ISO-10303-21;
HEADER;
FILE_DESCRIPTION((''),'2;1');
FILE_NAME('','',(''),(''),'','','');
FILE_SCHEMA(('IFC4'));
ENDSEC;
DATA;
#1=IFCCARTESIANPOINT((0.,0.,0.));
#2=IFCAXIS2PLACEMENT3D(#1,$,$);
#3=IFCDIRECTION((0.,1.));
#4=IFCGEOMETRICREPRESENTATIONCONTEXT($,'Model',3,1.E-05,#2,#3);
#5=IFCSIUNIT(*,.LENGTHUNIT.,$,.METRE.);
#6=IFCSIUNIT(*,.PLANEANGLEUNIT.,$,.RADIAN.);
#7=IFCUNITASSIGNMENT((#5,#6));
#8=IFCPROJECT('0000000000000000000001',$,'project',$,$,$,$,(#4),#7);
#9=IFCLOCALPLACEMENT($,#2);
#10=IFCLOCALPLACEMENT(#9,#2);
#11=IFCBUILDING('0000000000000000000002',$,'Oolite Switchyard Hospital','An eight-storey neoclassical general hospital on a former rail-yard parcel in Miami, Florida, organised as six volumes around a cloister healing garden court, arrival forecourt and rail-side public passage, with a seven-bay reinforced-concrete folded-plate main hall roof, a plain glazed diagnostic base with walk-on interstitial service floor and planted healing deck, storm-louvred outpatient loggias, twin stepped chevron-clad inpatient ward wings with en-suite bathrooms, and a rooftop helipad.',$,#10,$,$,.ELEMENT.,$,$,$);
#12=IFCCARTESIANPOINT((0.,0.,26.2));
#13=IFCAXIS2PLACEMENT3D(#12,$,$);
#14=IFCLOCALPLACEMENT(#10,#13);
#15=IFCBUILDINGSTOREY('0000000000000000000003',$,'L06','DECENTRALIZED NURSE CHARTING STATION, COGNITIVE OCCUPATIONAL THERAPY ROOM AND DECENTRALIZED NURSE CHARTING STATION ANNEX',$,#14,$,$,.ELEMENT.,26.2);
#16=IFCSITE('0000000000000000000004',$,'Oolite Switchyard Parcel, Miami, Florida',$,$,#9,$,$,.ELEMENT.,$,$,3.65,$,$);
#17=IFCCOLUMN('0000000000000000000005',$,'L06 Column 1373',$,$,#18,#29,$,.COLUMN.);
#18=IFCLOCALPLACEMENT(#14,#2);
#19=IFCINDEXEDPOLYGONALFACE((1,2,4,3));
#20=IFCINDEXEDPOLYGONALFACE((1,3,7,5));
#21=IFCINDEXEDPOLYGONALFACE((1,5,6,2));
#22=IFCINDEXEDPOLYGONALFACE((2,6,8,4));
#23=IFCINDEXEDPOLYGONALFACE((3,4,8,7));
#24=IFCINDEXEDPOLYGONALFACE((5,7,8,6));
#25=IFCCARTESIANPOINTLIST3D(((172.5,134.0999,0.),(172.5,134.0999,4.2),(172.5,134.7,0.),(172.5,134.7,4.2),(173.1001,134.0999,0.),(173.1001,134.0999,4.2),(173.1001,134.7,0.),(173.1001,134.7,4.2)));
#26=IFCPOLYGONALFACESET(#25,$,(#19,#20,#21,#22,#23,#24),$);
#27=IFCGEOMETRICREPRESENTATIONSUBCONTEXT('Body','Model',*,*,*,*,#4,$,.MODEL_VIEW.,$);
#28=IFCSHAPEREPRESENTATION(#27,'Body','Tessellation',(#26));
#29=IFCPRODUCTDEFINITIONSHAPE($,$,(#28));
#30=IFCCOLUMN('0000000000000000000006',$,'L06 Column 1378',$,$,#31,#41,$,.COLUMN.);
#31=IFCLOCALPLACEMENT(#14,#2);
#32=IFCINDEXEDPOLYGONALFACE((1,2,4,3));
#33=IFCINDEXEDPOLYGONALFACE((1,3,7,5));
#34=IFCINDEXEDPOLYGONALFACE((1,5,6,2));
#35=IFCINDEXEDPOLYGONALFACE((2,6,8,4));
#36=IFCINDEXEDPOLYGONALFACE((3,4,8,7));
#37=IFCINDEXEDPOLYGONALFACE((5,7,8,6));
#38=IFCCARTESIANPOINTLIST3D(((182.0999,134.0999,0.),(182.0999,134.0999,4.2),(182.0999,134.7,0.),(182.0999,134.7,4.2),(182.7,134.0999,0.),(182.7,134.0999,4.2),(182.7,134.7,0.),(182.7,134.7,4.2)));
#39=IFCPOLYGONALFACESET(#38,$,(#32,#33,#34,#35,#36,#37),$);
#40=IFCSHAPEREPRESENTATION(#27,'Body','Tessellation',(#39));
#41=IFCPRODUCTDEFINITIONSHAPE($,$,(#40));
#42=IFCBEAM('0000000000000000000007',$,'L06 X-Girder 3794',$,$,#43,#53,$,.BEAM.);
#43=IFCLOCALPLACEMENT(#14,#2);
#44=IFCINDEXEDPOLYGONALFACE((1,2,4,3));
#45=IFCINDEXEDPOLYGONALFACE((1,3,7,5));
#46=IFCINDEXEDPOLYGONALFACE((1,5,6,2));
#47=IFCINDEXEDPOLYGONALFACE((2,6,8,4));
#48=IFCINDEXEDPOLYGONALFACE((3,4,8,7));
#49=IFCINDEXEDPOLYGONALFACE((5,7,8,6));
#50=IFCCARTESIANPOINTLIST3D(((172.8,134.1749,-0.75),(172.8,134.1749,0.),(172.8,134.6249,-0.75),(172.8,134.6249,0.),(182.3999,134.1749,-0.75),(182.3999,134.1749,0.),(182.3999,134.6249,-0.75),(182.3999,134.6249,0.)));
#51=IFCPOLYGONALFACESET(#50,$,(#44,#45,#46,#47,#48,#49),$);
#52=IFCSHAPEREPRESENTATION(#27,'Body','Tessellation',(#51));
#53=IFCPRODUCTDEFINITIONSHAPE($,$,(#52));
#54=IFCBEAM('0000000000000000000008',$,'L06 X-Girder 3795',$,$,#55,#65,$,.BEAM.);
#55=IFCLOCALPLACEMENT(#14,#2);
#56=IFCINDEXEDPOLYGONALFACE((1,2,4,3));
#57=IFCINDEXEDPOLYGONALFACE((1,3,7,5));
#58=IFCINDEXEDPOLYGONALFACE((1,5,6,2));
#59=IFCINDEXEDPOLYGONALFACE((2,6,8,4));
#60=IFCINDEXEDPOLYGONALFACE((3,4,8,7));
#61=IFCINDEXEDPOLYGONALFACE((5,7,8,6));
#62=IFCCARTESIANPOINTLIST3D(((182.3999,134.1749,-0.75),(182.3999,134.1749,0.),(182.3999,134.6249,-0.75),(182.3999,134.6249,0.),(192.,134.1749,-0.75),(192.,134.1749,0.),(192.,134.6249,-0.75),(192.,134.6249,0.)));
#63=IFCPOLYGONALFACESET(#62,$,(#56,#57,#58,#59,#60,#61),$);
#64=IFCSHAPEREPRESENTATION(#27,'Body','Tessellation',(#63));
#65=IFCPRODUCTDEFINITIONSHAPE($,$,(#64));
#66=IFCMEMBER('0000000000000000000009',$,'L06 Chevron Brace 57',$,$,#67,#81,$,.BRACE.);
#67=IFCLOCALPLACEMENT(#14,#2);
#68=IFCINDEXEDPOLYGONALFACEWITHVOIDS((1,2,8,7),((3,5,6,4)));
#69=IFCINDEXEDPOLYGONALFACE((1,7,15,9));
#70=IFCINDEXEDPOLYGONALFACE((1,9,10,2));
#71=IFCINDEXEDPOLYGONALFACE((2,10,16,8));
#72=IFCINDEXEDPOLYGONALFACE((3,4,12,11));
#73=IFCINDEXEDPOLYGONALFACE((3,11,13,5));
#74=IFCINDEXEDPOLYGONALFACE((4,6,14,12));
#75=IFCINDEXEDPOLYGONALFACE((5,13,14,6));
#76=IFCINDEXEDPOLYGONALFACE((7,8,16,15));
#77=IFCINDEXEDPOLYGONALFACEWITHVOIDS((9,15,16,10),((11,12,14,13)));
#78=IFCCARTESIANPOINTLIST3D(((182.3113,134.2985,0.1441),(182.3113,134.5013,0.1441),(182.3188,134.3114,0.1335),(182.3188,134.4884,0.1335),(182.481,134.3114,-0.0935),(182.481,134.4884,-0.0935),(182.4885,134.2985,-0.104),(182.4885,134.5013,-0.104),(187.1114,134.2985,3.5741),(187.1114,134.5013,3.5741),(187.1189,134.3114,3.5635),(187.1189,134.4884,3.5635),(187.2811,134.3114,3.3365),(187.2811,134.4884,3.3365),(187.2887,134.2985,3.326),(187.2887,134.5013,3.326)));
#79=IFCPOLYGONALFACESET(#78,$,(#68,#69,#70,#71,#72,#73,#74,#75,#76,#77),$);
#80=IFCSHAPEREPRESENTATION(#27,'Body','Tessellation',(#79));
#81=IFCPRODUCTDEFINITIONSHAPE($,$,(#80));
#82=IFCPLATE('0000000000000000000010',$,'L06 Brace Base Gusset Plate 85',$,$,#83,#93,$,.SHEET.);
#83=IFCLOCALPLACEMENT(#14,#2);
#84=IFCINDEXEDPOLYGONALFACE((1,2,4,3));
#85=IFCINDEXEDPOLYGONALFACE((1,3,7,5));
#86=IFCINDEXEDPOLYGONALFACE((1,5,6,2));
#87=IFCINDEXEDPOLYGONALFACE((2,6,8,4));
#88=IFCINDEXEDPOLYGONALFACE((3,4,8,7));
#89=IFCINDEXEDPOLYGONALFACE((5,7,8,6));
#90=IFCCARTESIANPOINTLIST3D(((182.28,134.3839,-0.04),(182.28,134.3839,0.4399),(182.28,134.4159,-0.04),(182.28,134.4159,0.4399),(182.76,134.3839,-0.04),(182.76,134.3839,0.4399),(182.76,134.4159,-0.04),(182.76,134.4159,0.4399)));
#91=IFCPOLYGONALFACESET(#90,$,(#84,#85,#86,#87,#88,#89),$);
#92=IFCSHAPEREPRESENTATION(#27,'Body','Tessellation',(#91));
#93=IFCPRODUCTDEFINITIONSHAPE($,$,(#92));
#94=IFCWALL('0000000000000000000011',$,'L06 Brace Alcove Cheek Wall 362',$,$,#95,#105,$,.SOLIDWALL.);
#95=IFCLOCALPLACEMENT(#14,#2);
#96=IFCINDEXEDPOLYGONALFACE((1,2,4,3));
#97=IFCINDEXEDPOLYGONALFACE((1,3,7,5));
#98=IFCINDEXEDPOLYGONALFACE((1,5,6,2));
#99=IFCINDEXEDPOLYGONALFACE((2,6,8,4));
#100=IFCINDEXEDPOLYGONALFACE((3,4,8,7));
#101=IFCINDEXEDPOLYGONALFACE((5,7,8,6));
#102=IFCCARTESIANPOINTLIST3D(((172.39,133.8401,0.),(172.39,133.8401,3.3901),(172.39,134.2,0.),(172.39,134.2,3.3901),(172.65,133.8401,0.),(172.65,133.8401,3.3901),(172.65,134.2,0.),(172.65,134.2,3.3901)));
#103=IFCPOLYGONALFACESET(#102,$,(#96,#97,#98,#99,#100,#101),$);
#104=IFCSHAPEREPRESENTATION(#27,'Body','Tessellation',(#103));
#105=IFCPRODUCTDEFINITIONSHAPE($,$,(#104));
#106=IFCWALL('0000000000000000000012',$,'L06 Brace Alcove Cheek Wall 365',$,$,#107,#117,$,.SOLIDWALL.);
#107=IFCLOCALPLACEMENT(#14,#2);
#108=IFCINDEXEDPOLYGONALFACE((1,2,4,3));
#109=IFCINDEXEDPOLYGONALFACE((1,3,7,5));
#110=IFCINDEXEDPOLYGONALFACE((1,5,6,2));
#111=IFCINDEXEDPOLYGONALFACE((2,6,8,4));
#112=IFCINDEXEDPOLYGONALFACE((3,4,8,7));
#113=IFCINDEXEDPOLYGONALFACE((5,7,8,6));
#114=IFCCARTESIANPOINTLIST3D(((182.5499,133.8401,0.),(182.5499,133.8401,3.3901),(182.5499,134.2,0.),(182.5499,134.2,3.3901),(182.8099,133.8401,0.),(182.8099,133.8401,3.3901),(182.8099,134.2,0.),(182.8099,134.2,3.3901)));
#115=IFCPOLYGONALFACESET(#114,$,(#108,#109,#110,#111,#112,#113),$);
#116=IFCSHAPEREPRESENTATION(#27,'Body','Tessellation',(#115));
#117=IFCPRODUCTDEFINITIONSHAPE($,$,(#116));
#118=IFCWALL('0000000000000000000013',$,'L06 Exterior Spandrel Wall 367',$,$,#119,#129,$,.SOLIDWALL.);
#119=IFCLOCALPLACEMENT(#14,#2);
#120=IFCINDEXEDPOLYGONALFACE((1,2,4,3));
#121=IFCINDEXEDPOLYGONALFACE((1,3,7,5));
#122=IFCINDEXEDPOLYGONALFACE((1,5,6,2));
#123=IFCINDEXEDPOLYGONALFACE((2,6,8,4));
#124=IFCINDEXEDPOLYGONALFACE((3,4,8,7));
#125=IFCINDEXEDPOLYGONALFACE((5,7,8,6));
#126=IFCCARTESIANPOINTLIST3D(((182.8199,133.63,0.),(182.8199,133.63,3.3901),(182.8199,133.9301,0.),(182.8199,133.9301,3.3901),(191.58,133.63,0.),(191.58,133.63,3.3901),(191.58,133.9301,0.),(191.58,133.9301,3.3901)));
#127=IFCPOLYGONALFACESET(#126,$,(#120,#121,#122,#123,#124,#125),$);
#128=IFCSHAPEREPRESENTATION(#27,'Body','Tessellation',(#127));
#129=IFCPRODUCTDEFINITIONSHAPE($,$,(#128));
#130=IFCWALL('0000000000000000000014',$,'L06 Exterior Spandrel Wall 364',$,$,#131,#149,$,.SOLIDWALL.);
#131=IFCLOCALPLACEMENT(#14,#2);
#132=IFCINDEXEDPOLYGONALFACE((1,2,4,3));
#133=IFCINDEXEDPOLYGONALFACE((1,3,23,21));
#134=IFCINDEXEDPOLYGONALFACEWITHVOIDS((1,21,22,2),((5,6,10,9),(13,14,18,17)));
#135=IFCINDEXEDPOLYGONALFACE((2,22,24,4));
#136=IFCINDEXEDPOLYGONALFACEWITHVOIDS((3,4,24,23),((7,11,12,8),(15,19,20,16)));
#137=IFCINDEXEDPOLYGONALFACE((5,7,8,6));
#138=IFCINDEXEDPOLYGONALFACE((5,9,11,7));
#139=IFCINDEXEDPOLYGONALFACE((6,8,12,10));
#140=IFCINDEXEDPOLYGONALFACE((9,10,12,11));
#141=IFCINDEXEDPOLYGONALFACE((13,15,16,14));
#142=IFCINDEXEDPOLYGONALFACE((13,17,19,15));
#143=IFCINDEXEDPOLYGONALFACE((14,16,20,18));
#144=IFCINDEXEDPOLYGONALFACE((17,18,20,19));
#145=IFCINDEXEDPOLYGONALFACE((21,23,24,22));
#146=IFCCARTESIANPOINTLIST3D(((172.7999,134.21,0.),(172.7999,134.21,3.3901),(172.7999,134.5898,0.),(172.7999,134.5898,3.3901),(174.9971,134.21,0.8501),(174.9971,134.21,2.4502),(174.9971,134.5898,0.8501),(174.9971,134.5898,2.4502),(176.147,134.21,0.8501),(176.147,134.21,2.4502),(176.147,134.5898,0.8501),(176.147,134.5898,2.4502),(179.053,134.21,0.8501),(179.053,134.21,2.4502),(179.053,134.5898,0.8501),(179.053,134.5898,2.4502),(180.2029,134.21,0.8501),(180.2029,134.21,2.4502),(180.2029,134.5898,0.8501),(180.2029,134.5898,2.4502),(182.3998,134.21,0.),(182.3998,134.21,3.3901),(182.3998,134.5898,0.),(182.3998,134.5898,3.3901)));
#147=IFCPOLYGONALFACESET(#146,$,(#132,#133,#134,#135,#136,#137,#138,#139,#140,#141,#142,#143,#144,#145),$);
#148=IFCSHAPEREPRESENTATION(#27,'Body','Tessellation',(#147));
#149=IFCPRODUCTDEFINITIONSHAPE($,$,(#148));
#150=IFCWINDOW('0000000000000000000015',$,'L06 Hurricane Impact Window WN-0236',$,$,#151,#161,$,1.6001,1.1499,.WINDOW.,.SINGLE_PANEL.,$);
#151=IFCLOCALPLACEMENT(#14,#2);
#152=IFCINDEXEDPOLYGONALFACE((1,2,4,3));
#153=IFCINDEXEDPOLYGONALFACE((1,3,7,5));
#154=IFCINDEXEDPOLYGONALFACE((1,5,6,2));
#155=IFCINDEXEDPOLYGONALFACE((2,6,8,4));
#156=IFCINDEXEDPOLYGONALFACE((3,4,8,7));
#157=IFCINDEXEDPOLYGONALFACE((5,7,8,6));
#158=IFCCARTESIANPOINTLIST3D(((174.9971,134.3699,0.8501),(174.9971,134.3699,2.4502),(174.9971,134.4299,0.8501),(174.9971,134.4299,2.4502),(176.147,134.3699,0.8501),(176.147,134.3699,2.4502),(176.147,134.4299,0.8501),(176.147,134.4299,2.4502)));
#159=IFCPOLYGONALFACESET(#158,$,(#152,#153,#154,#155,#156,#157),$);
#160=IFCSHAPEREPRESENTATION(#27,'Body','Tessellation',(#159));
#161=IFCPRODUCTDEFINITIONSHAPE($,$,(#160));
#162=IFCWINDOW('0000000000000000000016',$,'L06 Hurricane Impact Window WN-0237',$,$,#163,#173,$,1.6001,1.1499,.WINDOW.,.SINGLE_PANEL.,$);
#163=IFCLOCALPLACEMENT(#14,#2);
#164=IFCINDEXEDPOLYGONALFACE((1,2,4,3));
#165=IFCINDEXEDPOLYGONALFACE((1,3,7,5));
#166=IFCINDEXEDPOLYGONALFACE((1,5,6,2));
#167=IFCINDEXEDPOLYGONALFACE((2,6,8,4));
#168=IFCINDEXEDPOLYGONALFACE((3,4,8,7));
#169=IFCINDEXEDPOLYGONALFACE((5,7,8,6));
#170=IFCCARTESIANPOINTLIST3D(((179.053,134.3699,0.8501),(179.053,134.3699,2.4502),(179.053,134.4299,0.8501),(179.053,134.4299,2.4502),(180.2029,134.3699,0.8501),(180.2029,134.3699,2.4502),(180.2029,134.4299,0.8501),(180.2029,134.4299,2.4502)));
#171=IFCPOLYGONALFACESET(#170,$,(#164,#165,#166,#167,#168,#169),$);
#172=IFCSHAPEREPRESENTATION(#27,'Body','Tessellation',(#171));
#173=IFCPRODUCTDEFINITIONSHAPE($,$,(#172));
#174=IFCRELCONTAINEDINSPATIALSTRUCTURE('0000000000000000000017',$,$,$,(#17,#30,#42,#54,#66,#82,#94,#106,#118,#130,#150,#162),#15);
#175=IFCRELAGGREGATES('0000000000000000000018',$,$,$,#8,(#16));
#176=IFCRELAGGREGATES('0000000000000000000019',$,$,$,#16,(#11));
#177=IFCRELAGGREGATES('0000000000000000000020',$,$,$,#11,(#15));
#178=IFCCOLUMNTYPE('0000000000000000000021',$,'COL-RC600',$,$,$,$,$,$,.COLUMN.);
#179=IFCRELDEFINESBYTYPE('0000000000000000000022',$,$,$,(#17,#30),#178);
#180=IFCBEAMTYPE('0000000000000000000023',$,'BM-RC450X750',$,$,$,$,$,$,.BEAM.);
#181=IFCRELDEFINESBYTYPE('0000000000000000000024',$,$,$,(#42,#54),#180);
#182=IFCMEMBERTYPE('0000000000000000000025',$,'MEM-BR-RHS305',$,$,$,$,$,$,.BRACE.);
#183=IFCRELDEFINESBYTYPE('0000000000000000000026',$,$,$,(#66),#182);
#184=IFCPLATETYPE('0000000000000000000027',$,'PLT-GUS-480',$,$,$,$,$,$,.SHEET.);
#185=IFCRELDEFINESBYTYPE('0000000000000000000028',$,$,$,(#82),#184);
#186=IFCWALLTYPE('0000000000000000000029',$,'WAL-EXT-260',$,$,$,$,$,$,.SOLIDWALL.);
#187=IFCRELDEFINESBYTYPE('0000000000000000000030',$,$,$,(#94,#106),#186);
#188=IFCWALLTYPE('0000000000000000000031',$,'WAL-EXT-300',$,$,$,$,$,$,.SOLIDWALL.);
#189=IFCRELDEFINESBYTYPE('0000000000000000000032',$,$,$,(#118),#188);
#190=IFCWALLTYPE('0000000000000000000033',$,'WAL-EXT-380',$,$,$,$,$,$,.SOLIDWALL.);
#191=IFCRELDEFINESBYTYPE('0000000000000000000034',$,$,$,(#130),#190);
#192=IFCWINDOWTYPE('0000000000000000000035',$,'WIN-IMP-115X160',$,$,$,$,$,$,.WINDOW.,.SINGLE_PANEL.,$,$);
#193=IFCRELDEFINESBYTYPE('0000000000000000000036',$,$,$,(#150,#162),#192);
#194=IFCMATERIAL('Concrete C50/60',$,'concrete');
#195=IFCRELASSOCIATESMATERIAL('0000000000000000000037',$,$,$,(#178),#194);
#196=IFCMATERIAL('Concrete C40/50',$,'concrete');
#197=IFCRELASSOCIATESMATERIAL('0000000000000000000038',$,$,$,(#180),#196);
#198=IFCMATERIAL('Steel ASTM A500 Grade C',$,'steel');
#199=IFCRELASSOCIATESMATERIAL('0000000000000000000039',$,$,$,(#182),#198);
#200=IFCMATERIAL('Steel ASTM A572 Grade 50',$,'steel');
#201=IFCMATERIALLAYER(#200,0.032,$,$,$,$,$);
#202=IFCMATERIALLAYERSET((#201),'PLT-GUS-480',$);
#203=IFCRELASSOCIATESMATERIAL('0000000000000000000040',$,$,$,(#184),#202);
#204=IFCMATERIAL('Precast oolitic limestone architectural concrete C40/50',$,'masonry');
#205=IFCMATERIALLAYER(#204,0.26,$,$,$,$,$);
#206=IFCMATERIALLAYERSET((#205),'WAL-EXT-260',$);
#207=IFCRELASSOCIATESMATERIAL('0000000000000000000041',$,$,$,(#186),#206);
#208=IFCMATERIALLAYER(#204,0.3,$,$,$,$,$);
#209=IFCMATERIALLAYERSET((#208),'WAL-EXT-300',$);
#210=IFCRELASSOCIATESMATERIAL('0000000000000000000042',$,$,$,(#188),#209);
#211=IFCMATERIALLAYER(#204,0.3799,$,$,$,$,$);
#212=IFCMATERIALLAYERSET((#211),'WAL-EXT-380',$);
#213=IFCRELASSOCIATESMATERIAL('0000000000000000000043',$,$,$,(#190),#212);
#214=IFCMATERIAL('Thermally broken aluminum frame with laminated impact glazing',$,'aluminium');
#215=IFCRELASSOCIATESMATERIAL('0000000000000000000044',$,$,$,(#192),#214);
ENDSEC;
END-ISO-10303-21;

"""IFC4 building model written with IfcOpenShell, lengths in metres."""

from ifc_helpers import new_model, si_unit, direction, frame, frame_2d, origin, origin_2d, place, context, subcontext, project, spatial, rectangle, hollow_rectangle, extrude, material, layer, layer_set, material_profile, profile_set, type_object, element, fill, save


model = new_model("IFC4")

# Units and contexts
model_context = context("Model", 3, precision=1e-05, world=origin(), true_north=direction((0.0, 1.0)))
body_context = subcontext(model_context, "Body", "Model", "MODEL_VIEW")
ifc_project = project(units=[si_unit("LENGTHUNIT", "METRE"), si_unit("PLANEANGLEUNIT", "RADIAN")], contexts=[model_context])

# Site, building, storey
site_placement = place(None, origin())
site = spatial("IfcSite", under=ifc_project, at=site_placement, Name="Oolite Switchyard Parcel, Miami, Florida", CompositionType="ELEMENT", RefElevation=3.65)
building_placement = place(site_placement, origin())
building = spatial("IfcBuilding", under=site, at=building_placement, Name="Oolite Switchyard Hospital", Description="An eight-storey neoclassical general hospital on a former rail-yard parcel in Miami, Florida, organised as six volumes around a cloister healing garden court, arrival forecourt and rail-side public passage, with a seven-bay reinforced-concrete folded-plate main hall roof, a plain glazed diagnostic base with walk-on interstitial service floor and planted healing deck, storm-louvred outpatient loggias, twin stepped chevron-clad inpatient ward wings with en-suite bathrooms, and a rooftop helipad.", CompositionType="ELEMENT")
storey_placement = place(building_placement, frame((0.0, 0.0, 26.2)))
storey = spatial("IfcBuildingStorey", under=building, at=storey_placement, Name="L06", Description="DECENTRALIZED NURSE CHARTING STATION, COGNITIVE OCCUPATIONAL THERAPY ROOM AND DECENTRALIZED NURSE CHARTING STATION ANNEX", CompositionType="ELEMENT", Elevation=26.2)

# Columns
ifc_material_1 = material(Name="Concrete C50/60", Category="concrete")
ifc_material_profile_1 = material_profile(ifc_material_1, rectangle(XDim=0.6001, YDim=0.6001, at=origin_2d()), Name="RC600X600")
ifc_profile_set_1 = profile_set([ifc_material_profile_1], Name="Concrete C50/60")
column_type = type_object("IfcColumnType", Name="COL-RC600", PredefinedType="COLUMN", material=ifc_profile_set_1)
for number, where, z_axis, x_axis, name in (
    (1, (172.8, 134.3999, 0.0), (0.0, 0.0, 1.0), (1.0, 0.0, 0.0), "L06 Column 1373"),
    (2, (182.3999, 134.3999, 0.0), (0.0, 0.0, 1.0), (1.0, 0.0, 0.0), "L06 Column 1378"),
):
    element("IfcColumn", number, at=place(storey_placement, frame(where, z_axis=z_axis, x_axis=x_axis)), inside=storey, type_object=column_type, Name=name, PredefinedType="COLUMN", context=body_context, shape_type="SweptSolid", body=[
        extrude(rectangle(XDim=0.6001, YDim=0.6001, at=origin_2d()), origin(), (0.0, 0.0, 1.0), 4.2),
    ])

# Beams
ifc_material_2 = material(Name="Concrete C40/50", Category="concrete")
ifc_material_profile_2 = material_profile(ifc_material_2, rectangle(XDim=0.45, YDim=0.75, at=origin_2d()), Name="RCB450X750")
ifc_profile_set_2 = profile_set([ifc_material_profile_2], Name="Concrete C40/50")
beam_type = type_object("IfcBeamType", Name="BM-RC450X750", PredefinedType="BEAM", material=ifc_profile_set_2)
beam_1_placement = place(storey_placement, frame((172.8, 134.3999, -0.375), z_axis=(1.0, 0.0, 0.0), x_axis=(0.0, 1.0, 0.0)))
element("IfcBeam", 3, at=beam_1_placement, inside=storey, type_object=beam_type, Name="L06 X-Girder 3794", PredefinedType="BEAM", context=body_context, shape_type="SweptSolid", body=[
    extrude(rectangle(XDim=0.45, YDim=0.75, at=origin_2d()), origin(), (0.0, 0.0, 1.0), 9.5999),
])
beam_2_placement = place(storey_placement, frame((182.3999, 134.3999, -0.375), z_axis=(1.0, 0.0, 0.0), x_axis=(0.0, 1.0, 0.0)))
element("IfcBeam", 4, at=beam_2_placement, inside=storey, type_object=beam_type, Name="L06 X-Girder 3795", PredefinedType="BEAM", context=body_context, shape_type="SweptSolid", body=[
    extrude(rectangle(XDim=0.45, YDim=0.75, at=origin_2d()), origin(), (0.0, 0.0, 1.0), 9.6001),
])

# Member
ifc_material_3 = material(Name="Steel ASTM A500 Grade C", Category="steel")
ifc_material_profile_3 = material_profile(ifc_material_3, hollow_rectangle(XDim=0.2029, YDim=0.3049, WallThickness=0.0129, at=origin_2d()), Name="HSS305X203X13")
ifc_profile_set_3 = profile_set([ifc_material_profile_3], Name="Steel ASTM A500 Grade C")
member_type = type_object("IfcMemberType", Name="MEM-BR-RHS305", PredefinedType="BRACE", material=ifc_profile_set_3)
member_placement = place(storey_placement, frame((182.3999, 134.3999, 0.02), z_axis=(0.813627, 0.0, 0.581387), x_axis=(0.0, 1.0, 0.0)))
element("IfcMember", 5, at=member_placement, inside=storey, type_object=member_type, Name="L06 Chevron Brace 57", PredefinedType="BRACE", context=body_context, shape_type="SweptSolid", body=[
    extrude(hollow_rectangle(XDim=0.2029, YDim=0.3049, WallThickness=0.0129, at=origin_2d()), origin(), (0.0, 0.0, 1.0), 5.8997),
])

# Plate
ifc_material_4 = material(Name="Steel ASTM A572 Grade 50", Category="steel")
ifc_layer_1 = layer(ifc_material_4, 0.032)
ifc_layer_set_1 = layer_set([ifc_layer_1], Name="PLT-GUS-480")
plate_type = type_object("IfcPlateType", Name="PLT-GUS-480", PredefinedType="SHEET", material=ifc_layer_set_1)
plate_placement = place(storey_placement, frame((182.52, 134.3999, -0.04), z_axis=(0.0, 0.0, 1.0), x_axis=(1.0, 0.0, 0.0)))
element("IfcPlate", 6, at=plate_placement, inside=storey, type_object=plate_type, Name="L06 Brace Base Gusset Plate 85", PredefinedType="SHEET", context=body_context, shape_type="SweptSolid", body=[
    extrude(rectangle(XDim=0.48, YDim=0.032, at=origin_2d()), origin(), (0.0, 0.0, 1.0), 0.48),
])

# Walls
ifc_material_5 = material(Name="Precast oolitic limestone architectural concrete C40/50", Category="masonry")
ifc_layer_2 = layer(ifc_material_5, 0.26)
ifc_layer_set_2 = layer_set([ifc_layer_2], Name="WAL-EXT-260")
wall_type_1 = type_object("IfcWallType", Name="WAL-EXT-260", PredefinedType="SOLIDWALL", material=ifc_layer_set_2)
for number, where, z_axis, x_axis, name in (
    (7, (172.52, 134.2, 0.0), (0.0, 0.0, 1.0), (0.0, -1.0, 0.0), "L06 Brace Alcove Cheek Wall 362"),
    (8, (182.6799, 134.2, 0.0), (0.0, 0.0, 1.0), (0.0, -1.0, 0.0), "L06 Brace Alcove Cheek Wall 365"),
):
    element("IfcWall", number, at=place(storey_placement, frame(where, z_axis=z_axis, x_axis=x_axis)), inside=storey, type_object=wall_type_1, Name=name, PredefinedType="SOLIDWALL", context=body_context, shape_type="SweptSolid", body=[
        extrude(rectangle(XDim=0.3599, YDim=0.26, at=frame_2d((0.1799, 0.0))), origin(), (0.0, 0.0, 1.0), 3.3901),
    ])
ifc_layer_3 = layer(ifc_material_5, 0.3)
ifc_layer_set_3 = layer_set([ifc_layer_3], Name="WAL-EXT-300")
wall_type_2 = type_object("IfcWallType", Name="WAL-EXT-300", PredefinedType="SOLIDWALL", material=ifc_layer_set_3)
wall_1_placement = place(storey_placement, frame((182.8201, 133.78, 0.0), z_axis=(0.0, 0.0, 1.0), x_axis=(1.0, 0.0, 0.0)))
element("IfcWall", 9, at=wall_1_placement, inside=storey, type_object=wall_type_2, Name="L06 Exterior Spandrel Wall 367", PredefinedType="SOLIDWALL", context=body_context, shape_type="SweptSolid", body=[
    extrude(rectangle(XDim=8.76, YDim=0.3, at=frame_2d((4.3799, 0.0))), origin(), (0.0, 0.0, 1.0), 3.3901),
])

# Wall, openings, windows
ifc_layer_4 = layer(ifc_material_5, 0.3799)
ifc_layer_set_4 = layer_set([ifc_layer_4], Name="WAL-EXT-380")
wall_type_3 = type_object("IfcWallType", Name="WAL-EXT-380", PredefinedType="SOLIDWALL", material=ifc_layer_set_4)
wall_2_placement = place(storey_placement, frame((172.8, 134.3999, 0.0), z_axis=(0.0, 0.0, 1.0), x_axis=(1.0, 0.0, 0.0)))
wall_2 = element("IfcWall", 10, at=wall_2_placement, inside=storey, type_object=wall_type_3, Name="L06 Exterior Spandrel Wall 364", PredefinedType="SOLIDWALL", context=body_context, shape_type="SweptSolid", body=[
    extrude(rectangle(XDim=9.5999, YDim=0.3799, at=frame_2d((4.7998, 0.0))), origin(), (0.0, 0.0, 1.0), 3.3901),
])
opening_1_placement = place(wall_2_placement, frame((2.197, 0.0, 0.8501)))
opening_1 = element("IfcOpeningElement", 11, at=opening_1_placement, cuts=wall_2, PredefinedType="OPENING", context=body_context, shape_type="SweptSolid", body=[
    extrude(rectangle(XDim=1.1499, YDim=1.6001, at=frame_2d((0.575, 0.8))), frame((0.0, 0.2, 0.0), z_axis=(0.0, -1.0, 0.0), x_axis=(1.0, 0.0, 0.0)), (0.0, 0.0, 1.0), 0.3999),
])
opening_2_placement = place(wall_2_placement, frame((6.2529, 0.0, 0.8501)))
opening_2 = element("IfcOpeningElement", 12, at=opening_2_placement, cuts=wall_2, PredefinedType="OPENING", context=body_context, shape_type="SweptSolid", body=[
    extrude(rectangle(XDim=1.1499, YDim=1.6001, at=frame_2d((0.575, 0.8))), frame((0.0, 0.2, 0.0), z_axis=(0.0, -1.0, 0.0), x_axis=(1.0, 0.0, 0.0)), (0.0, 0.0, 1.0), 0.3999),
])
ifc_material_6 = material(Name="Thermally broken aluminum frame with laminated impact glazing", Category="aluminium")
window_type = type_object("IfcWindowType", Name="WIN-IMP-115X160", PartitioningType="SINGLE_PANEL", PredefinedType="WINDOW", material=ifc_material_6)
window_1_placement = place(opening_1_placement, origin())
window_1 = element("IfcWindow", 13, at=window_1_placement, inside=storey, type_object=window_type, Name="L06 Hurricane Impact Window WN-0236", OverallHeight=1.6001, OverallWidth=1.1499, PartitioningType="SINGLE_PANEL", PredefinedType="WINDOW", context=body_context, shape_type="SweptSolid", body=[
    extrude(rectangle(XDim=1.1499, YDim=1.6001, at=frame_2d((0.575, 0.8))), frame((0.0, 0.03, 0.0), z_axis=(0.0, -1.0, 0.0), x_axis=(1.0, 0.0, 0.0)), (0.0, 0.0, 1.0), 0.0601),
])
fill(opening_1, window_1)
window_2_placement = place(opening_2_placement, origin())
window_2 = element("IfcWindow", 14, at=window_2_placement, inside=storey, type_object=window_type, Name="L06 Hurricane Impact Window WN-0237", OverallHeight=1.6001, OverallWidth=1.1499, PartitioningType="SINGLE_PANEL", PredefinedType="WINDOW", context=body_context, shape_type="SweptSolid", body=[
    extrude(rectangle(XDim=1.1499, YDim=1.6001, at=frame_2d((0.575, 0.8))), frame((0.0, 0.03, 0.0), z_axis=(0.0, -1.0, 0.0), x_axis=(1.0, 0.0, 0.0)), (0.0, 0.0, 1.0), 0.0601),
])
fill(opening_2, window_2)

save(model, "model.ifc")
